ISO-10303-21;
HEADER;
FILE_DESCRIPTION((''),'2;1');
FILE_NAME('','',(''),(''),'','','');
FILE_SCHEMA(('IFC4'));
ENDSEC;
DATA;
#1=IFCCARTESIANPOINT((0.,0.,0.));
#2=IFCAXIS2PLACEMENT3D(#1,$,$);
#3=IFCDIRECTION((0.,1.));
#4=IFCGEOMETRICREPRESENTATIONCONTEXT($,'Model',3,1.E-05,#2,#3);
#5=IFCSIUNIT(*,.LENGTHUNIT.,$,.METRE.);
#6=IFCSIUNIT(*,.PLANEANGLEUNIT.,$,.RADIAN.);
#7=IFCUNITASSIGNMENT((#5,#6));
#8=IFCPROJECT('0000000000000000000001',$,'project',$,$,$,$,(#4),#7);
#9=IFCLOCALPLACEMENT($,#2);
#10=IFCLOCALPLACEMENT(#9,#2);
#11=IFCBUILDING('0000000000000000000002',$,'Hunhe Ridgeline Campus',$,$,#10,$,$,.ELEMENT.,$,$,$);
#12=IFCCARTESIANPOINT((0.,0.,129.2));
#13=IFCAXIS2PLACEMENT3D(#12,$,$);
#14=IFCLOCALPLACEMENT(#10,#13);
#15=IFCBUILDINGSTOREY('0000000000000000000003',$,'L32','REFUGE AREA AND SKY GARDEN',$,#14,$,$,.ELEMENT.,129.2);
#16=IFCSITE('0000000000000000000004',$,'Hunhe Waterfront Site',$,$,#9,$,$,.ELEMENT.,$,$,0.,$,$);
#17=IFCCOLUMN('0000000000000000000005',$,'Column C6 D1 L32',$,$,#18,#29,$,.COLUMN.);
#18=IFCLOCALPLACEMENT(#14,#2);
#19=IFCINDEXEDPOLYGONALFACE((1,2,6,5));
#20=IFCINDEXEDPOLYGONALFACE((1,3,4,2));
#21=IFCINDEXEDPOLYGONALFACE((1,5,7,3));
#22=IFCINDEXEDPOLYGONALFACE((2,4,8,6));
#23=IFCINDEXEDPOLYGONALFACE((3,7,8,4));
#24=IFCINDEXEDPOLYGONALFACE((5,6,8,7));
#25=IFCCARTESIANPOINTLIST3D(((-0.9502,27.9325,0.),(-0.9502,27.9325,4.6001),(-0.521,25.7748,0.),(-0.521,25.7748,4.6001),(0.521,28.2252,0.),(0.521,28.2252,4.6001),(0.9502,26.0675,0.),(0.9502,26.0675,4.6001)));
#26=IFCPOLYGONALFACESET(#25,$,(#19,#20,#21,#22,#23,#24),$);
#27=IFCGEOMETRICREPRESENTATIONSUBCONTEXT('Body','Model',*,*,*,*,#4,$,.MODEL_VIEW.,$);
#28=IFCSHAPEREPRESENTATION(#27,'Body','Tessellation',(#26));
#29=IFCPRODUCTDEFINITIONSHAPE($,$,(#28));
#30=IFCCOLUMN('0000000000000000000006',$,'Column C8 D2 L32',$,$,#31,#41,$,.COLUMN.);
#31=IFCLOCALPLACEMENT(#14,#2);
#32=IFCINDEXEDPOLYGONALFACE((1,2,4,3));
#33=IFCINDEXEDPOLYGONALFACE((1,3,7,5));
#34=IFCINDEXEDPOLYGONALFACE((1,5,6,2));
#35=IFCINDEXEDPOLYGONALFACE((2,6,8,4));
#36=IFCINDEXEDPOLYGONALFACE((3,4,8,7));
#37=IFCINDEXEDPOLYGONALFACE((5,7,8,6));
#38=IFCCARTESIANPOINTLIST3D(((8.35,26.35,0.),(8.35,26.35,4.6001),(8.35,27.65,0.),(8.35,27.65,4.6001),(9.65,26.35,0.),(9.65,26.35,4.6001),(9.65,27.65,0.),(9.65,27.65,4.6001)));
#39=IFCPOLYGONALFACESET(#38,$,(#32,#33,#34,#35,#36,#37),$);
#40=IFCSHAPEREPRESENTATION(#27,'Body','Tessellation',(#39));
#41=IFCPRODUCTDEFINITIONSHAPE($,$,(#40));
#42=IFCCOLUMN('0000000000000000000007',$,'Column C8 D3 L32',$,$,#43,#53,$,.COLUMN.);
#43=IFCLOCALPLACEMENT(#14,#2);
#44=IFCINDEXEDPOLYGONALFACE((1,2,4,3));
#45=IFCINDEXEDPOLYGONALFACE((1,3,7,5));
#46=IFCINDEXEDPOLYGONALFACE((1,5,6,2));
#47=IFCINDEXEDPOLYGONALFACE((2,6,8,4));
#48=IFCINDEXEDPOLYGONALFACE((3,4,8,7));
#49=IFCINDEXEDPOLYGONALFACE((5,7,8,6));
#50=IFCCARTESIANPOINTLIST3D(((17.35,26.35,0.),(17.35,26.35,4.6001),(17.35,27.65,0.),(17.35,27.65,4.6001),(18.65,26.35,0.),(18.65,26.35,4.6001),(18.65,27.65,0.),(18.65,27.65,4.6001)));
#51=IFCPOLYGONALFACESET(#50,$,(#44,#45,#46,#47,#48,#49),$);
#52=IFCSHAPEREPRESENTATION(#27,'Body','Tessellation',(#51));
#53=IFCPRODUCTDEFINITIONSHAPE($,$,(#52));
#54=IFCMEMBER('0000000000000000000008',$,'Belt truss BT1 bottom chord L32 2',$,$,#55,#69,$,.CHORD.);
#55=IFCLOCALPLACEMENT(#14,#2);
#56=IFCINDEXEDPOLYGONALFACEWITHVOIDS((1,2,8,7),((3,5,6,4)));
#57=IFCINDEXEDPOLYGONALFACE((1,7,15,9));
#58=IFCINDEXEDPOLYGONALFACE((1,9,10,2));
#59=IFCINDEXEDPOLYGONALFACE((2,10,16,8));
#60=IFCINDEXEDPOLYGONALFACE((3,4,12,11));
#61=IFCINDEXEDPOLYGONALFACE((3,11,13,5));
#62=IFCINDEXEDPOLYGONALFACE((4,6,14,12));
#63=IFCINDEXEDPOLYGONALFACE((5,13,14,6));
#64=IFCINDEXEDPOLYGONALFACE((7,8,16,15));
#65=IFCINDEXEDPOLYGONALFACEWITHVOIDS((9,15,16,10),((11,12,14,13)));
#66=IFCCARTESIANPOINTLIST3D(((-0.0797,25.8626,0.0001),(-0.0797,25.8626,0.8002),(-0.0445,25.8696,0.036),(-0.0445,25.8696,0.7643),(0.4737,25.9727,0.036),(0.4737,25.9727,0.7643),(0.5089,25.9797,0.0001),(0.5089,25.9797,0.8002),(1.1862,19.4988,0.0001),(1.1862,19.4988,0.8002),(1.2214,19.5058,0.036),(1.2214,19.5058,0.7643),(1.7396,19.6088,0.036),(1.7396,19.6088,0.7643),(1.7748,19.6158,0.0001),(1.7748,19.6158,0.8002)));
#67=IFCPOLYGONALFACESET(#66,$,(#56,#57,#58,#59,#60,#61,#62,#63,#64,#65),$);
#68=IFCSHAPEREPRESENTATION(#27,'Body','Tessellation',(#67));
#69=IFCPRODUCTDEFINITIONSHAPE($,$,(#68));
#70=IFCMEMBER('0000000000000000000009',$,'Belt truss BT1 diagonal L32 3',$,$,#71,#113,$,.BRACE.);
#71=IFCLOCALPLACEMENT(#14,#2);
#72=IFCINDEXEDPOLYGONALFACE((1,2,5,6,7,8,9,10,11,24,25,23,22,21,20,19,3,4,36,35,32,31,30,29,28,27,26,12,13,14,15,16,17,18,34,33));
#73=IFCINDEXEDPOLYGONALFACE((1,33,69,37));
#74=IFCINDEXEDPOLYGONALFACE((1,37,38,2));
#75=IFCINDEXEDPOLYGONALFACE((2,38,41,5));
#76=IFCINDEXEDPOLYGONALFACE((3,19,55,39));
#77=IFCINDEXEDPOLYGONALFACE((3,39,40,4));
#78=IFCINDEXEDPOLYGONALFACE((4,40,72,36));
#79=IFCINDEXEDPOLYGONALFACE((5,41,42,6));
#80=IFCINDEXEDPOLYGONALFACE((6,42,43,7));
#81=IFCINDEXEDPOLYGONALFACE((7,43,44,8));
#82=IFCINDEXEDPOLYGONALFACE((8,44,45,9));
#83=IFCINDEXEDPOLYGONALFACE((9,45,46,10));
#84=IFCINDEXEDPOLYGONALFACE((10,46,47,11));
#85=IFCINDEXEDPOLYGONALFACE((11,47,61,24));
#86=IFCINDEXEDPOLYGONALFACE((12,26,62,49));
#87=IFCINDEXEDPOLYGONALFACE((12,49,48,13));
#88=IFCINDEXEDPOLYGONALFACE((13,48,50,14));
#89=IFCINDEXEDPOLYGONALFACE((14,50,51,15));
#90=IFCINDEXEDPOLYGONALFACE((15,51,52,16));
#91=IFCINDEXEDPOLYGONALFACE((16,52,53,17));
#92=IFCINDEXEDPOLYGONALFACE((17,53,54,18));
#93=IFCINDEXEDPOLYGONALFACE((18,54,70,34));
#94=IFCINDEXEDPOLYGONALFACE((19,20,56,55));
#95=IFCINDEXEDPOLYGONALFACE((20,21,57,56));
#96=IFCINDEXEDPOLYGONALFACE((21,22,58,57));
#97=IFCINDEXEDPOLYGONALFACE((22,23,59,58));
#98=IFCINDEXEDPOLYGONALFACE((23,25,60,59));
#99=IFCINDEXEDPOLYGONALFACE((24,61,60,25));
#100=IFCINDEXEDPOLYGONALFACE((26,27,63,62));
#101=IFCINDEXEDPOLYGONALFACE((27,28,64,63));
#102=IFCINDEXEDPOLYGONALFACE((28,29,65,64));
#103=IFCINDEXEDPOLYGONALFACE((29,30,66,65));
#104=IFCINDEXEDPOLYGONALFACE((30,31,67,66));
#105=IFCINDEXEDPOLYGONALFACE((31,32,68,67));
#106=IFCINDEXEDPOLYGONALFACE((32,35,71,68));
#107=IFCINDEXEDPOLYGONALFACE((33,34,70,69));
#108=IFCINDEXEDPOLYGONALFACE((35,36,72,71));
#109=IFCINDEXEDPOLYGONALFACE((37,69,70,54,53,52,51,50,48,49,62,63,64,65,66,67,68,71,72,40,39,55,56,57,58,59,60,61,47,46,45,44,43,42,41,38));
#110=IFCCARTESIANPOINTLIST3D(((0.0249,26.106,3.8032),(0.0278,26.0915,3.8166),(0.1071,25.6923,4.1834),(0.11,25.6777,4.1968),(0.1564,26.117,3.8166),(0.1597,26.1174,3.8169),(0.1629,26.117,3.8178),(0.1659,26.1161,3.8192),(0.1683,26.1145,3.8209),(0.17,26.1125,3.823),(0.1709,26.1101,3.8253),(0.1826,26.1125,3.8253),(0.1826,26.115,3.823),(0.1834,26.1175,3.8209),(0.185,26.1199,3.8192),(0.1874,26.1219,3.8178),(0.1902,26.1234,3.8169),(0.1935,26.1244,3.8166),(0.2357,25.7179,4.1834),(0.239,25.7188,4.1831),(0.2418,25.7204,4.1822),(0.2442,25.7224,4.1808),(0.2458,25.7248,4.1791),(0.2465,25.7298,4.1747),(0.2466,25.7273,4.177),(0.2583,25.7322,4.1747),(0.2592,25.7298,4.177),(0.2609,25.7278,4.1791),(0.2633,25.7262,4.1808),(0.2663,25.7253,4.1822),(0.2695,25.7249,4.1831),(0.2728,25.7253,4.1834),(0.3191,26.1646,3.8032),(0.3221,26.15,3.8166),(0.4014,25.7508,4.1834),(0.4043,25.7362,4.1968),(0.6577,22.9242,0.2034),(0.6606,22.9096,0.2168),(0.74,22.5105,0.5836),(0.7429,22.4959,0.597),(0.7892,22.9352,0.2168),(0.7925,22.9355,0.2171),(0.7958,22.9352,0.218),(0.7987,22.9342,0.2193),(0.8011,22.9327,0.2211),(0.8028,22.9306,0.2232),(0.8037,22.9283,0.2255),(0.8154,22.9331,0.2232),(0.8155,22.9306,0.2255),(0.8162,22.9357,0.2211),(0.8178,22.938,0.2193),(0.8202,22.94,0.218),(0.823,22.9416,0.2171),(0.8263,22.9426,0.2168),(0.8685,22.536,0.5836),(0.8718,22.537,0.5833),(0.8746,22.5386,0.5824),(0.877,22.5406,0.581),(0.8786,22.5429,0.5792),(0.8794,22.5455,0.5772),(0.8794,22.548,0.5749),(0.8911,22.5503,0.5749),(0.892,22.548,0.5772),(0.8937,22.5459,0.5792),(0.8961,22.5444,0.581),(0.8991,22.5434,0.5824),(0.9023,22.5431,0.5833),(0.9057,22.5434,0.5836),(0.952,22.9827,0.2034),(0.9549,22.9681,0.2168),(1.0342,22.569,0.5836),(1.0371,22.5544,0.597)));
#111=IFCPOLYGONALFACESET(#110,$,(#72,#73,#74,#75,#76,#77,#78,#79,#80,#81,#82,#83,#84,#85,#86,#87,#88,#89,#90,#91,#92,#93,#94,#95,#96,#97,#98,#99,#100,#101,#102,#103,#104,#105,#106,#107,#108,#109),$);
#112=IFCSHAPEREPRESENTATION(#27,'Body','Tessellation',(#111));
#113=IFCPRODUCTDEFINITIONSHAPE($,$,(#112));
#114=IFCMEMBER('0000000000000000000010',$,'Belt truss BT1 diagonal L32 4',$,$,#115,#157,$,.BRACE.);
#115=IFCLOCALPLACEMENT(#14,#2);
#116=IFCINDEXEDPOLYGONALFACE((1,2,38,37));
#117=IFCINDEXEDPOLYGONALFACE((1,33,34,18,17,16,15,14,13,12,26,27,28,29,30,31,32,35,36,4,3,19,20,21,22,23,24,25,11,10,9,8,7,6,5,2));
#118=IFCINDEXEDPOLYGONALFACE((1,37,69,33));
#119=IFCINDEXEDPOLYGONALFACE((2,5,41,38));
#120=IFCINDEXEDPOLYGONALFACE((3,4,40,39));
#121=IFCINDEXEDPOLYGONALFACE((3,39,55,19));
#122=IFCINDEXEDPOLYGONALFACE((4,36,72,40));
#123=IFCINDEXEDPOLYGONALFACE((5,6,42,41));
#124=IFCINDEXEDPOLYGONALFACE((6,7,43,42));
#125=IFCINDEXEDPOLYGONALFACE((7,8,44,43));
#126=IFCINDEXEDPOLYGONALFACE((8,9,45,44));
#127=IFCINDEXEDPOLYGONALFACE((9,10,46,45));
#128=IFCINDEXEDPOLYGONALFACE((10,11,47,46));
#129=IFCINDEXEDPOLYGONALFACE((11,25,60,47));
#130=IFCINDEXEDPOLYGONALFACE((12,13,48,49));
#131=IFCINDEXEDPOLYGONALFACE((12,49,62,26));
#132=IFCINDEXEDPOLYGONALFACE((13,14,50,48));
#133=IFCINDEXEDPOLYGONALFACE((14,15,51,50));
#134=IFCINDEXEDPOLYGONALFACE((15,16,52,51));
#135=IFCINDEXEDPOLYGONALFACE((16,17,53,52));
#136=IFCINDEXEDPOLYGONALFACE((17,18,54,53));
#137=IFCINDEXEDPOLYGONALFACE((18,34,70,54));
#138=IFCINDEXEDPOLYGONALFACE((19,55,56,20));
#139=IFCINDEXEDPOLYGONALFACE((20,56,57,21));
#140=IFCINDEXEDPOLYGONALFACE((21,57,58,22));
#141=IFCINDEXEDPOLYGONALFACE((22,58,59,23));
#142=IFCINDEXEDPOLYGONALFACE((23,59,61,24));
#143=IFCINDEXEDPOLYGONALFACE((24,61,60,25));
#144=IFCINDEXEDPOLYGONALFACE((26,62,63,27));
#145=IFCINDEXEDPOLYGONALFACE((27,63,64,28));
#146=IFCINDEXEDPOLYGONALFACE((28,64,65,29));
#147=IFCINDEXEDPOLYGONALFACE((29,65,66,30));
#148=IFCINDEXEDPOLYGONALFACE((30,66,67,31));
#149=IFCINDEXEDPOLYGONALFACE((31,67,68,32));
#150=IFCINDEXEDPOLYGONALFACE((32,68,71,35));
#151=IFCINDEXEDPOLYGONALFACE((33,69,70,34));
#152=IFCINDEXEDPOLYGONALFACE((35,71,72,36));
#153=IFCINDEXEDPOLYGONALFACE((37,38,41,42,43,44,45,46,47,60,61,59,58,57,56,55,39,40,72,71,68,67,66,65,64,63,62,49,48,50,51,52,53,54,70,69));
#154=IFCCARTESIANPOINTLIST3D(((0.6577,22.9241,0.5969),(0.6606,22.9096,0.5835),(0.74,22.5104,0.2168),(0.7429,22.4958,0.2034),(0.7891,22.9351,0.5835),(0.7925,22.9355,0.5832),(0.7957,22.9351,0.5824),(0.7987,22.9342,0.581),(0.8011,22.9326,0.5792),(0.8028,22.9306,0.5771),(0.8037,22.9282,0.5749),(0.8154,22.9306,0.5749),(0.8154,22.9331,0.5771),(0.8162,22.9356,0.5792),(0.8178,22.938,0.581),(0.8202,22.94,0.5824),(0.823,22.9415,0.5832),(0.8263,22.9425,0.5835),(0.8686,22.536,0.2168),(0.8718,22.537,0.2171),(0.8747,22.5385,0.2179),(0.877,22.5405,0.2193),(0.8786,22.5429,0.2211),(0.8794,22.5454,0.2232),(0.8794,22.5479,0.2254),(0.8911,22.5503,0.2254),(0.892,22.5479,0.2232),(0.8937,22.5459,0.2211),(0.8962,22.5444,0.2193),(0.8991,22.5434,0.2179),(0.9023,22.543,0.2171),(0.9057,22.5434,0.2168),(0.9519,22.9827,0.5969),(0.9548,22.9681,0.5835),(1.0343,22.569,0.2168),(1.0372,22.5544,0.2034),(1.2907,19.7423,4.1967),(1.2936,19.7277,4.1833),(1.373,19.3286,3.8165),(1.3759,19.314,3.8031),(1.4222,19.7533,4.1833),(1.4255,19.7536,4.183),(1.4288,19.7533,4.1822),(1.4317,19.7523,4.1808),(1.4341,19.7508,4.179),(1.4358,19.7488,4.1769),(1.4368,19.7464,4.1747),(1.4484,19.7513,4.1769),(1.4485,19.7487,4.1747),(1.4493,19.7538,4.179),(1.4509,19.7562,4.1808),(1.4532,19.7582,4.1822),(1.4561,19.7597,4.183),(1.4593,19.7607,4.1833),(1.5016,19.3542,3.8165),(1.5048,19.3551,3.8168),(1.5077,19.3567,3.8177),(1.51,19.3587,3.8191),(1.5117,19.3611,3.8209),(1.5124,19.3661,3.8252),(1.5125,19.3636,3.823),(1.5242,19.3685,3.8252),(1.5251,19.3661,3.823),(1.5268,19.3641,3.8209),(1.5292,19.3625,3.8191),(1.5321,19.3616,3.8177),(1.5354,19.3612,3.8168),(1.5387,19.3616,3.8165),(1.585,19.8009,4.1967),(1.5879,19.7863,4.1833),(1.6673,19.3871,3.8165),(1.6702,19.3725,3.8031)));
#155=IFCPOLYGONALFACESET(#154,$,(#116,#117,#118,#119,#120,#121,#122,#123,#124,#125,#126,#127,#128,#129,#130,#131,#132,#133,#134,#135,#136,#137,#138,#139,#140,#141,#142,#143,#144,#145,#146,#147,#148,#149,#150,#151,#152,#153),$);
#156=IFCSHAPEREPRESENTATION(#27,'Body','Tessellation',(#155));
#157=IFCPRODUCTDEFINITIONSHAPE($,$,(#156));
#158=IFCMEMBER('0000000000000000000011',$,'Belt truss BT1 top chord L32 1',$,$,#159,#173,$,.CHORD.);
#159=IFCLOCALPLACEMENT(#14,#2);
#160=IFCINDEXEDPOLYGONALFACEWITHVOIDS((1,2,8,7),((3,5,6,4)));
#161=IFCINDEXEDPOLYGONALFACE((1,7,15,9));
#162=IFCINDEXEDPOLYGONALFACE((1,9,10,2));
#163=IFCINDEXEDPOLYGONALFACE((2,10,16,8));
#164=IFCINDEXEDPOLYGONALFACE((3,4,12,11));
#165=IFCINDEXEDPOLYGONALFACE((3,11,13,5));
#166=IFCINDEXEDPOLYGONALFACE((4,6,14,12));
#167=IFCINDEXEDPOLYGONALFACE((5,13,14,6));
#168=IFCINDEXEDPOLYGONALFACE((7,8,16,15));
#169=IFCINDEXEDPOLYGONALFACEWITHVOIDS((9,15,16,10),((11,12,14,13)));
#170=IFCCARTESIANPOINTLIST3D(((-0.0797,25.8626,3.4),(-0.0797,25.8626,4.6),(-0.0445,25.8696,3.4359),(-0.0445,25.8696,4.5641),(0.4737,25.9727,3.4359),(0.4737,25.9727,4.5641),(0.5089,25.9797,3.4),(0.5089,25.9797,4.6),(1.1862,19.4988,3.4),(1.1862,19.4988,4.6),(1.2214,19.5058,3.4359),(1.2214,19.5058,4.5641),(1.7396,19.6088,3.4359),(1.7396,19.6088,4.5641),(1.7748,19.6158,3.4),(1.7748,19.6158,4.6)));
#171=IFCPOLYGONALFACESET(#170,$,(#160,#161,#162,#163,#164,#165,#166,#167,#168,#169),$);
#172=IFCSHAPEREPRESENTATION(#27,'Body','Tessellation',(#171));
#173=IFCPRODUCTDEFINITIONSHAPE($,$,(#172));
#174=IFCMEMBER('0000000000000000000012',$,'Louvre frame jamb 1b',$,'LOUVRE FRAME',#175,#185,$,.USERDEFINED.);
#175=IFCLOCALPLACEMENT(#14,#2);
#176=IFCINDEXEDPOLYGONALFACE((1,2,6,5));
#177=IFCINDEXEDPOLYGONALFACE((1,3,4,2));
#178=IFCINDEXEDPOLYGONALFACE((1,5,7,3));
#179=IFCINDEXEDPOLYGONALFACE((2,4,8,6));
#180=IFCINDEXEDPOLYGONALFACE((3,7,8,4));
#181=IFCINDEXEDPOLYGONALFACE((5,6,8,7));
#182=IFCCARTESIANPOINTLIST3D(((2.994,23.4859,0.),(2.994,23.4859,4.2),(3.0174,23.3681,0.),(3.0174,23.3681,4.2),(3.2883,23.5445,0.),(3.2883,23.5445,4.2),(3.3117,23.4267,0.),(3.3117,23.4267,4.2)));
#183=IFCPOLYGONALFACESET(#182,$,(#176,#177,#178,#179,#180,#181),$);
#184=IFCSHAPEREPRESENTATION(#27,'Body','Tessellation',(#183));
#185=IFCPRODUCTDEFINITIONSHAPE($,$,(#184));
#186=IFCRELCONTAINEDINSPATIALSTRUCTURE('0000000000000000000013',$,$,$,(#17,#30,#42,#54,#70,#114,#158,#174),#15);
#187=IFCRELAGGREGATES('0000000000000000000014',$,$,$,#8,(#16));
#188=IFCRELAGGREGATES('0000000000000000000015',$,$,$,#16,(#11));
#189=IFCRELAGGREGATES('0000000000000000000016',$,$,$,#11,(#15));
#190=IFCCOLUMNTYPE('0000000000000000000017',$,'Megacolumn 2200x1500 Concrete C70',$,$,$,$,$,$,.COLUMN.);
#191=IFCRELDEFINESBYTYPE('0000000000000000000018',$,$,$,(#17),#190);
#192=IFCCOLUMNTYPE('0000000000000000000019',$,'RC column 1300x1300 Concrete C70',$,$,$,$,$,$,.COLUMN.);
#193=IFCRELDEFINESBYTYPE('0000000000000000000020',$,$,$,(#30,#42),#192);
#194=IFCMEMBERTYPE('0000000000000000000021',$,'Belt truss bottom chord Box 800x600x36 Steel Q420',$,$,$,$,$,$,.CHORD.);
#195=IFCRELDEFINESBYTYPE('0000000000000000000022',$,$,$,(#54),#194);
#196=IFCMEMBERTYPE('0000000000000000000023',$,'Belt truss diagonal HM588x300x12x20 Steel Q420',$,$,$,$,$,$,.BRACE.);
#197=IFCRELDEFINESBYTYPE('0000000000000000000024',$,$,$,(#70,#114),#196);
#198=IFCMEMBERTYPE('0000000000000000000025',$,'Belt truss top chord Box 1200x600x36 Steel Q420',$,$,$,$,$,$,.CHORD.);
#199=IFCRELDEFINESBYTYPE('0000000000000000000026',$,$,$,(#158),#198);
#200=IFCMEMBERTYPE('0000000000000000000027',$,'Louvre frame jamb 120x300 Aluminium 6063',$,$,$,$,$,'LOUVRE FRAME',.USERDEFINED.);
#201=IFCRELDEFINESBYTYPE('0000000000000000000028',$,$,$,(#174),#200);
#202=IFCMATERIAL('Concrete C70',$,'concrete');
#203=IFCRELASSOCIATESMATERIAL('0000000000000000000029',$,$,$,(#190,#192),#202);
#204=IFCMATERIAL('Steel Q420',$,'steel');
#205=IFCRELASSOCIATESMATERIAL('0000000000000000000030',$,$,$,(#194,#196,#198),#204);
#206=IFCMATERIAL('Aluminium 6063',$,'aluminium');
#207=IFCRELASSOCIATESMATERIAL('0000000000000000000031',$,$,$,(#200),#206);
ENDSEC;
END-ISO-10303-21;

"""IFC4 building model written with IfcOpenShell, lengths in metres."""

from ifc_helpers import new_model, si_unit, direction, frame, origin, origin_2d, place, context, subcontext, project, spatial, rectangle, hollow_rectangle, i_section, extrude, material, material_profile, profile_set, type_object, element, save


model = new_model("IFC4")

# Units and contexts
model_context = context("Model", 3, precision=1e-05, world=origin(), true_north=direction((0.0, 1.0)))
body_context = subcontext(model_context, "Body", "Model", "MODEL_VIEW")
ifc_project = project(units=[si_unit("LENGTHUNIT", "METRE"), si_unit("PLANEANGLEUNIT", "RADIAN")], contexts=[model_context])

# Site, building, storey
site_placement = place(None, origin())
site = spatial("IfcSite", under=ifc_project, at=site_placement, Name="Hunhe Waterfront Site", CompositionType="ELEMENT", RefElevation=0.0)
building_placement = place(site_placement, origin())
building = spatial("IfcBuilding", under=site, at=building_placement, Name="Hunhe Ridgeline Campus", CompositionType="ELEMENT")
storey_placement = place(building_placement, frame((0.0, 0.0, 129.2)))
storey = spatial("IfcBuildingStorey", under=building, at=storey_placement, Name="L32", Description="REFUGE AREA AND SKY GARDEN", CompositionType="ELEMENT", Elevation=129.2)

# Columns
ifc_material_1 = material(Name="Concrete C70", Category="concrete")
ifc_material_profile_1 = material_profile(ifc_material_1, rectangle(XDim=2.2, YDim=1.5, at=origin_2d()))
ifc_profile_set_1 = profile_set([ifc_material_profile_1], Name="Concrete C70")
column_type_1 = type_object("IfcColumnType", Name="Megacolumn 2200x1500 Concrete C70", PredefinedType="COLUMN", material=ifc_profile_set_1)
column_placement = place(storey_placement, frame((0.0, 27.0, 0.0), z_axis=(0.0, 0.0, 1.0), x_axis=(-0.19509, 0.980785, 0.0)))
element("IfcColumn", 1, at=column_placement, inside=storey, type_object=column_type_1, Name="Column C6 D1 L32", PredefinedType="COLUMN", context=body_context, shape_type="SweptSolid", body=[
    extrude(rectangle(XDim=2.2, YDim=1.5, at=origin_2d()), origin(), (0.0, 0.0, 1.0), 4.6001),
])
ifc_material_profile_2 = material_profile(ifc_material_1, rectangle(XDim=1.3, YDim=1.3, at=origin_2d()))
ifc_profile_set_2 = profile_set([ifc_material_profile_2], Name="Concrete C70")
column_type_2 = type_object("IfcColumnType", Name="RC column 1300x1300 Concrete C70", PredefinedType="COLUMN", material=ifc_profile_set_2)
for number, where, z_axis, x_axis, name in (
    (2, (9.0, 27.0, 0.0), (0.0, 0.0, 1.0), (1.0, 0.0, 0.0), "Column C8 D2 L32"),
    (3, (18.0, 27.0, 0.0), (0.0, 0.0, 1.0), (1.0, 0.0, 0.0), "Column C8 D3 L32"),
):
    element("IfcColumn", number, at=place(storey_placement, frame(where, z_axis=z_axis, x_axis=x_axis)), inside=storey, type_object=column_type_2, Name=name, PredefinedType="COLUMN", context=body_context, shape_type="SweptSolid", body=[
        extrude(rectangle(XDim=1.3, YDim=1.3, at=origin_2d()), origin(), (0.0, 0.0, 1.0), 4.6001),
    ])

# Members
ifc_material_2 = material(Name="Steel Q420", Category="steel")
ifc_material_profile_3 = material_profile(ifc_material_2, hollow_rectangle(XDim=0.6001, YDim=0.8, WallThickness=0.0359, at=origin_2d()))
ifc_profile_set_3 = profile_set([ifc_material_profile_3], Name="Steel Q420")
member_type_1 = type_object("IfcMemberType", Name="Belt truss bottom chord Box 800x600x36 Steel Q420", PredefinedType="CHORD", material=ifc_profile_set_3)
member_1_placement = place(storey_placement, frame((0.2146, 25.9211, 0.4001), z_axis=(0.195096, -0.980784, 0.0), x_axis=(0.980784, 0.195096, 0.0)))
element("IfcMember", 4, at=member_1_placement, inside=storey, type_object=member_type_1, Name="Belt truss BT1 bottom chord L32 2", PredefinedType="CHORD", context=body_context, shape_type="SweptSolid", body=[
    extrude(hollow_rectangle(XDim=0.6001, YDim=0.8, WallThickness=0.0359, at=origin_2d()), origin(), (0.0, 0.0, 1.0), 6.4885),
])
ifc_material_profile_4 = material_profile(ifc_material_2, i_section(OverallWidth=0.3, OverallDepth=0.5879, WebThickness=0.012, FlangeThickness=0.02, FilletRadius=0.0129, at=origin_2d()))
ifc_profile_set_4 = profile_set([ifc_material_profile_4], Name="Steel Q420")
member_type_2 = type_object("IfcMemberType", Name="Belt truss diagonal HM588x300x12x20 Steel Q420", PredefinedType="BRACE", material=ifc_profile_set_4)
for number, where, z_axis, x_axis, name in (
    (5, (0.2146, 25.9211, 4.0), (0.130584, -0.656599, -0.742849), (0.980791, 0.19506, 0.0), "Belt truss BT1 diagonal L32 3"),
    (6, (0.8474, 22.7393, 0.4001), (0.130634, -0.656595, 0.742844), (0.980777, 0.195132, 0.0), "Belt truss BT1 diagonal L32 4"),
):
    element("IfcMember", number, at=place(storey_placement, frame(where, z_axis=z_axis, x_axis=x_axis)), inside=storey, type_object=member_type_2, Name=name, PredefinedType="BRACE", context=body_context, shape_type="SweptSolid", body=[
        extrude(i_section(OverallWidth=0.3, OverallDepth=0.5879, WebThickness=0.012, FlangeThickness=0.02, FilletRadius=0.0129, at=origin_2d()), origin(), (0.0, 0.0, 1.0), 4.8459),
    ])
ifc_material_profile_5 = material_profile(ifc_material_2, hollow_rectangle(XDim=0.6001, YDim=1.2, WallThickness=0.0359, at=origin_2d()))
ifc_profile_set_5 = profile_set([ifc_material_profile_5], Name="Steel Q420")
member_type_3 = type_object("IfcMemberType", Name="Belt truss top chord Box 1200x600x36 Steel Q420", PredefinedType="CHORD", material=ifc_profile_set_5)
member_2_placement = place(storey_placement, frame((0.2146, 25.9211, 4.0), z_axis=(0.195096, -0.980784, 0.0), x_axis=(0.980784, 0.195096, 0.0)))
element("IfcMember", 7, at=member_2_placement, inside=storey, type_object=member_type_3, Name="Belt truss BT1 top chord L32 1", PredefinedType="CHORD", context=body_context, shape_type="SweptSolid", body=[
    extrude(hollow_rectangle(XDim=0.6001, YDim=1.2, WallThickness=0.0359, at=origin_2d()), origin(), (0.0, 0.0, 1.0), 6.4885),
])
ifc_material_3 = material(Name="Aluminium 6063", Category="aluminium")
ifc_material_profile_6 = material_profile(ifc_material_3, rectangle(XDim=0.3, YDim=0.1201, at=origin_2d()))
ifc_profile_set_6 = profile_set([ifc_material_profile_6], Name="Aluminium 6063")
member_type_4 = type_object("IfcMemberType", Name="Louvre frame jamb 120x300 Aluminium 6063", ElementType="LOUVRE FRAME", PredefinedType="USERDEFINED", material=ifc_profile_set_6)
member_3_placement = place(storey_placement, frame((3.1528, 23.4563, 0.0), z_axis=(0.0, 0.0, 1.0), x_axis=(0.980784, 0.195095, 0.0)))
element("IfcMember", 8, at=member_3_placement, inside=storey, type_object=member_type_4, Name="Louvre frame jamb 1b", ObjectType="LOUVRE FRAME", PredefinedType="USERDEFINED", context=body_context, shape_type="SweptSolid", body=[
    extrude(rectangle(XDim=0.3, YDim=0.1201, at=origin_2d()), origin(), (0.0, 0.0, 1.0), 4.2),
])

save(model, "model.ifc")
